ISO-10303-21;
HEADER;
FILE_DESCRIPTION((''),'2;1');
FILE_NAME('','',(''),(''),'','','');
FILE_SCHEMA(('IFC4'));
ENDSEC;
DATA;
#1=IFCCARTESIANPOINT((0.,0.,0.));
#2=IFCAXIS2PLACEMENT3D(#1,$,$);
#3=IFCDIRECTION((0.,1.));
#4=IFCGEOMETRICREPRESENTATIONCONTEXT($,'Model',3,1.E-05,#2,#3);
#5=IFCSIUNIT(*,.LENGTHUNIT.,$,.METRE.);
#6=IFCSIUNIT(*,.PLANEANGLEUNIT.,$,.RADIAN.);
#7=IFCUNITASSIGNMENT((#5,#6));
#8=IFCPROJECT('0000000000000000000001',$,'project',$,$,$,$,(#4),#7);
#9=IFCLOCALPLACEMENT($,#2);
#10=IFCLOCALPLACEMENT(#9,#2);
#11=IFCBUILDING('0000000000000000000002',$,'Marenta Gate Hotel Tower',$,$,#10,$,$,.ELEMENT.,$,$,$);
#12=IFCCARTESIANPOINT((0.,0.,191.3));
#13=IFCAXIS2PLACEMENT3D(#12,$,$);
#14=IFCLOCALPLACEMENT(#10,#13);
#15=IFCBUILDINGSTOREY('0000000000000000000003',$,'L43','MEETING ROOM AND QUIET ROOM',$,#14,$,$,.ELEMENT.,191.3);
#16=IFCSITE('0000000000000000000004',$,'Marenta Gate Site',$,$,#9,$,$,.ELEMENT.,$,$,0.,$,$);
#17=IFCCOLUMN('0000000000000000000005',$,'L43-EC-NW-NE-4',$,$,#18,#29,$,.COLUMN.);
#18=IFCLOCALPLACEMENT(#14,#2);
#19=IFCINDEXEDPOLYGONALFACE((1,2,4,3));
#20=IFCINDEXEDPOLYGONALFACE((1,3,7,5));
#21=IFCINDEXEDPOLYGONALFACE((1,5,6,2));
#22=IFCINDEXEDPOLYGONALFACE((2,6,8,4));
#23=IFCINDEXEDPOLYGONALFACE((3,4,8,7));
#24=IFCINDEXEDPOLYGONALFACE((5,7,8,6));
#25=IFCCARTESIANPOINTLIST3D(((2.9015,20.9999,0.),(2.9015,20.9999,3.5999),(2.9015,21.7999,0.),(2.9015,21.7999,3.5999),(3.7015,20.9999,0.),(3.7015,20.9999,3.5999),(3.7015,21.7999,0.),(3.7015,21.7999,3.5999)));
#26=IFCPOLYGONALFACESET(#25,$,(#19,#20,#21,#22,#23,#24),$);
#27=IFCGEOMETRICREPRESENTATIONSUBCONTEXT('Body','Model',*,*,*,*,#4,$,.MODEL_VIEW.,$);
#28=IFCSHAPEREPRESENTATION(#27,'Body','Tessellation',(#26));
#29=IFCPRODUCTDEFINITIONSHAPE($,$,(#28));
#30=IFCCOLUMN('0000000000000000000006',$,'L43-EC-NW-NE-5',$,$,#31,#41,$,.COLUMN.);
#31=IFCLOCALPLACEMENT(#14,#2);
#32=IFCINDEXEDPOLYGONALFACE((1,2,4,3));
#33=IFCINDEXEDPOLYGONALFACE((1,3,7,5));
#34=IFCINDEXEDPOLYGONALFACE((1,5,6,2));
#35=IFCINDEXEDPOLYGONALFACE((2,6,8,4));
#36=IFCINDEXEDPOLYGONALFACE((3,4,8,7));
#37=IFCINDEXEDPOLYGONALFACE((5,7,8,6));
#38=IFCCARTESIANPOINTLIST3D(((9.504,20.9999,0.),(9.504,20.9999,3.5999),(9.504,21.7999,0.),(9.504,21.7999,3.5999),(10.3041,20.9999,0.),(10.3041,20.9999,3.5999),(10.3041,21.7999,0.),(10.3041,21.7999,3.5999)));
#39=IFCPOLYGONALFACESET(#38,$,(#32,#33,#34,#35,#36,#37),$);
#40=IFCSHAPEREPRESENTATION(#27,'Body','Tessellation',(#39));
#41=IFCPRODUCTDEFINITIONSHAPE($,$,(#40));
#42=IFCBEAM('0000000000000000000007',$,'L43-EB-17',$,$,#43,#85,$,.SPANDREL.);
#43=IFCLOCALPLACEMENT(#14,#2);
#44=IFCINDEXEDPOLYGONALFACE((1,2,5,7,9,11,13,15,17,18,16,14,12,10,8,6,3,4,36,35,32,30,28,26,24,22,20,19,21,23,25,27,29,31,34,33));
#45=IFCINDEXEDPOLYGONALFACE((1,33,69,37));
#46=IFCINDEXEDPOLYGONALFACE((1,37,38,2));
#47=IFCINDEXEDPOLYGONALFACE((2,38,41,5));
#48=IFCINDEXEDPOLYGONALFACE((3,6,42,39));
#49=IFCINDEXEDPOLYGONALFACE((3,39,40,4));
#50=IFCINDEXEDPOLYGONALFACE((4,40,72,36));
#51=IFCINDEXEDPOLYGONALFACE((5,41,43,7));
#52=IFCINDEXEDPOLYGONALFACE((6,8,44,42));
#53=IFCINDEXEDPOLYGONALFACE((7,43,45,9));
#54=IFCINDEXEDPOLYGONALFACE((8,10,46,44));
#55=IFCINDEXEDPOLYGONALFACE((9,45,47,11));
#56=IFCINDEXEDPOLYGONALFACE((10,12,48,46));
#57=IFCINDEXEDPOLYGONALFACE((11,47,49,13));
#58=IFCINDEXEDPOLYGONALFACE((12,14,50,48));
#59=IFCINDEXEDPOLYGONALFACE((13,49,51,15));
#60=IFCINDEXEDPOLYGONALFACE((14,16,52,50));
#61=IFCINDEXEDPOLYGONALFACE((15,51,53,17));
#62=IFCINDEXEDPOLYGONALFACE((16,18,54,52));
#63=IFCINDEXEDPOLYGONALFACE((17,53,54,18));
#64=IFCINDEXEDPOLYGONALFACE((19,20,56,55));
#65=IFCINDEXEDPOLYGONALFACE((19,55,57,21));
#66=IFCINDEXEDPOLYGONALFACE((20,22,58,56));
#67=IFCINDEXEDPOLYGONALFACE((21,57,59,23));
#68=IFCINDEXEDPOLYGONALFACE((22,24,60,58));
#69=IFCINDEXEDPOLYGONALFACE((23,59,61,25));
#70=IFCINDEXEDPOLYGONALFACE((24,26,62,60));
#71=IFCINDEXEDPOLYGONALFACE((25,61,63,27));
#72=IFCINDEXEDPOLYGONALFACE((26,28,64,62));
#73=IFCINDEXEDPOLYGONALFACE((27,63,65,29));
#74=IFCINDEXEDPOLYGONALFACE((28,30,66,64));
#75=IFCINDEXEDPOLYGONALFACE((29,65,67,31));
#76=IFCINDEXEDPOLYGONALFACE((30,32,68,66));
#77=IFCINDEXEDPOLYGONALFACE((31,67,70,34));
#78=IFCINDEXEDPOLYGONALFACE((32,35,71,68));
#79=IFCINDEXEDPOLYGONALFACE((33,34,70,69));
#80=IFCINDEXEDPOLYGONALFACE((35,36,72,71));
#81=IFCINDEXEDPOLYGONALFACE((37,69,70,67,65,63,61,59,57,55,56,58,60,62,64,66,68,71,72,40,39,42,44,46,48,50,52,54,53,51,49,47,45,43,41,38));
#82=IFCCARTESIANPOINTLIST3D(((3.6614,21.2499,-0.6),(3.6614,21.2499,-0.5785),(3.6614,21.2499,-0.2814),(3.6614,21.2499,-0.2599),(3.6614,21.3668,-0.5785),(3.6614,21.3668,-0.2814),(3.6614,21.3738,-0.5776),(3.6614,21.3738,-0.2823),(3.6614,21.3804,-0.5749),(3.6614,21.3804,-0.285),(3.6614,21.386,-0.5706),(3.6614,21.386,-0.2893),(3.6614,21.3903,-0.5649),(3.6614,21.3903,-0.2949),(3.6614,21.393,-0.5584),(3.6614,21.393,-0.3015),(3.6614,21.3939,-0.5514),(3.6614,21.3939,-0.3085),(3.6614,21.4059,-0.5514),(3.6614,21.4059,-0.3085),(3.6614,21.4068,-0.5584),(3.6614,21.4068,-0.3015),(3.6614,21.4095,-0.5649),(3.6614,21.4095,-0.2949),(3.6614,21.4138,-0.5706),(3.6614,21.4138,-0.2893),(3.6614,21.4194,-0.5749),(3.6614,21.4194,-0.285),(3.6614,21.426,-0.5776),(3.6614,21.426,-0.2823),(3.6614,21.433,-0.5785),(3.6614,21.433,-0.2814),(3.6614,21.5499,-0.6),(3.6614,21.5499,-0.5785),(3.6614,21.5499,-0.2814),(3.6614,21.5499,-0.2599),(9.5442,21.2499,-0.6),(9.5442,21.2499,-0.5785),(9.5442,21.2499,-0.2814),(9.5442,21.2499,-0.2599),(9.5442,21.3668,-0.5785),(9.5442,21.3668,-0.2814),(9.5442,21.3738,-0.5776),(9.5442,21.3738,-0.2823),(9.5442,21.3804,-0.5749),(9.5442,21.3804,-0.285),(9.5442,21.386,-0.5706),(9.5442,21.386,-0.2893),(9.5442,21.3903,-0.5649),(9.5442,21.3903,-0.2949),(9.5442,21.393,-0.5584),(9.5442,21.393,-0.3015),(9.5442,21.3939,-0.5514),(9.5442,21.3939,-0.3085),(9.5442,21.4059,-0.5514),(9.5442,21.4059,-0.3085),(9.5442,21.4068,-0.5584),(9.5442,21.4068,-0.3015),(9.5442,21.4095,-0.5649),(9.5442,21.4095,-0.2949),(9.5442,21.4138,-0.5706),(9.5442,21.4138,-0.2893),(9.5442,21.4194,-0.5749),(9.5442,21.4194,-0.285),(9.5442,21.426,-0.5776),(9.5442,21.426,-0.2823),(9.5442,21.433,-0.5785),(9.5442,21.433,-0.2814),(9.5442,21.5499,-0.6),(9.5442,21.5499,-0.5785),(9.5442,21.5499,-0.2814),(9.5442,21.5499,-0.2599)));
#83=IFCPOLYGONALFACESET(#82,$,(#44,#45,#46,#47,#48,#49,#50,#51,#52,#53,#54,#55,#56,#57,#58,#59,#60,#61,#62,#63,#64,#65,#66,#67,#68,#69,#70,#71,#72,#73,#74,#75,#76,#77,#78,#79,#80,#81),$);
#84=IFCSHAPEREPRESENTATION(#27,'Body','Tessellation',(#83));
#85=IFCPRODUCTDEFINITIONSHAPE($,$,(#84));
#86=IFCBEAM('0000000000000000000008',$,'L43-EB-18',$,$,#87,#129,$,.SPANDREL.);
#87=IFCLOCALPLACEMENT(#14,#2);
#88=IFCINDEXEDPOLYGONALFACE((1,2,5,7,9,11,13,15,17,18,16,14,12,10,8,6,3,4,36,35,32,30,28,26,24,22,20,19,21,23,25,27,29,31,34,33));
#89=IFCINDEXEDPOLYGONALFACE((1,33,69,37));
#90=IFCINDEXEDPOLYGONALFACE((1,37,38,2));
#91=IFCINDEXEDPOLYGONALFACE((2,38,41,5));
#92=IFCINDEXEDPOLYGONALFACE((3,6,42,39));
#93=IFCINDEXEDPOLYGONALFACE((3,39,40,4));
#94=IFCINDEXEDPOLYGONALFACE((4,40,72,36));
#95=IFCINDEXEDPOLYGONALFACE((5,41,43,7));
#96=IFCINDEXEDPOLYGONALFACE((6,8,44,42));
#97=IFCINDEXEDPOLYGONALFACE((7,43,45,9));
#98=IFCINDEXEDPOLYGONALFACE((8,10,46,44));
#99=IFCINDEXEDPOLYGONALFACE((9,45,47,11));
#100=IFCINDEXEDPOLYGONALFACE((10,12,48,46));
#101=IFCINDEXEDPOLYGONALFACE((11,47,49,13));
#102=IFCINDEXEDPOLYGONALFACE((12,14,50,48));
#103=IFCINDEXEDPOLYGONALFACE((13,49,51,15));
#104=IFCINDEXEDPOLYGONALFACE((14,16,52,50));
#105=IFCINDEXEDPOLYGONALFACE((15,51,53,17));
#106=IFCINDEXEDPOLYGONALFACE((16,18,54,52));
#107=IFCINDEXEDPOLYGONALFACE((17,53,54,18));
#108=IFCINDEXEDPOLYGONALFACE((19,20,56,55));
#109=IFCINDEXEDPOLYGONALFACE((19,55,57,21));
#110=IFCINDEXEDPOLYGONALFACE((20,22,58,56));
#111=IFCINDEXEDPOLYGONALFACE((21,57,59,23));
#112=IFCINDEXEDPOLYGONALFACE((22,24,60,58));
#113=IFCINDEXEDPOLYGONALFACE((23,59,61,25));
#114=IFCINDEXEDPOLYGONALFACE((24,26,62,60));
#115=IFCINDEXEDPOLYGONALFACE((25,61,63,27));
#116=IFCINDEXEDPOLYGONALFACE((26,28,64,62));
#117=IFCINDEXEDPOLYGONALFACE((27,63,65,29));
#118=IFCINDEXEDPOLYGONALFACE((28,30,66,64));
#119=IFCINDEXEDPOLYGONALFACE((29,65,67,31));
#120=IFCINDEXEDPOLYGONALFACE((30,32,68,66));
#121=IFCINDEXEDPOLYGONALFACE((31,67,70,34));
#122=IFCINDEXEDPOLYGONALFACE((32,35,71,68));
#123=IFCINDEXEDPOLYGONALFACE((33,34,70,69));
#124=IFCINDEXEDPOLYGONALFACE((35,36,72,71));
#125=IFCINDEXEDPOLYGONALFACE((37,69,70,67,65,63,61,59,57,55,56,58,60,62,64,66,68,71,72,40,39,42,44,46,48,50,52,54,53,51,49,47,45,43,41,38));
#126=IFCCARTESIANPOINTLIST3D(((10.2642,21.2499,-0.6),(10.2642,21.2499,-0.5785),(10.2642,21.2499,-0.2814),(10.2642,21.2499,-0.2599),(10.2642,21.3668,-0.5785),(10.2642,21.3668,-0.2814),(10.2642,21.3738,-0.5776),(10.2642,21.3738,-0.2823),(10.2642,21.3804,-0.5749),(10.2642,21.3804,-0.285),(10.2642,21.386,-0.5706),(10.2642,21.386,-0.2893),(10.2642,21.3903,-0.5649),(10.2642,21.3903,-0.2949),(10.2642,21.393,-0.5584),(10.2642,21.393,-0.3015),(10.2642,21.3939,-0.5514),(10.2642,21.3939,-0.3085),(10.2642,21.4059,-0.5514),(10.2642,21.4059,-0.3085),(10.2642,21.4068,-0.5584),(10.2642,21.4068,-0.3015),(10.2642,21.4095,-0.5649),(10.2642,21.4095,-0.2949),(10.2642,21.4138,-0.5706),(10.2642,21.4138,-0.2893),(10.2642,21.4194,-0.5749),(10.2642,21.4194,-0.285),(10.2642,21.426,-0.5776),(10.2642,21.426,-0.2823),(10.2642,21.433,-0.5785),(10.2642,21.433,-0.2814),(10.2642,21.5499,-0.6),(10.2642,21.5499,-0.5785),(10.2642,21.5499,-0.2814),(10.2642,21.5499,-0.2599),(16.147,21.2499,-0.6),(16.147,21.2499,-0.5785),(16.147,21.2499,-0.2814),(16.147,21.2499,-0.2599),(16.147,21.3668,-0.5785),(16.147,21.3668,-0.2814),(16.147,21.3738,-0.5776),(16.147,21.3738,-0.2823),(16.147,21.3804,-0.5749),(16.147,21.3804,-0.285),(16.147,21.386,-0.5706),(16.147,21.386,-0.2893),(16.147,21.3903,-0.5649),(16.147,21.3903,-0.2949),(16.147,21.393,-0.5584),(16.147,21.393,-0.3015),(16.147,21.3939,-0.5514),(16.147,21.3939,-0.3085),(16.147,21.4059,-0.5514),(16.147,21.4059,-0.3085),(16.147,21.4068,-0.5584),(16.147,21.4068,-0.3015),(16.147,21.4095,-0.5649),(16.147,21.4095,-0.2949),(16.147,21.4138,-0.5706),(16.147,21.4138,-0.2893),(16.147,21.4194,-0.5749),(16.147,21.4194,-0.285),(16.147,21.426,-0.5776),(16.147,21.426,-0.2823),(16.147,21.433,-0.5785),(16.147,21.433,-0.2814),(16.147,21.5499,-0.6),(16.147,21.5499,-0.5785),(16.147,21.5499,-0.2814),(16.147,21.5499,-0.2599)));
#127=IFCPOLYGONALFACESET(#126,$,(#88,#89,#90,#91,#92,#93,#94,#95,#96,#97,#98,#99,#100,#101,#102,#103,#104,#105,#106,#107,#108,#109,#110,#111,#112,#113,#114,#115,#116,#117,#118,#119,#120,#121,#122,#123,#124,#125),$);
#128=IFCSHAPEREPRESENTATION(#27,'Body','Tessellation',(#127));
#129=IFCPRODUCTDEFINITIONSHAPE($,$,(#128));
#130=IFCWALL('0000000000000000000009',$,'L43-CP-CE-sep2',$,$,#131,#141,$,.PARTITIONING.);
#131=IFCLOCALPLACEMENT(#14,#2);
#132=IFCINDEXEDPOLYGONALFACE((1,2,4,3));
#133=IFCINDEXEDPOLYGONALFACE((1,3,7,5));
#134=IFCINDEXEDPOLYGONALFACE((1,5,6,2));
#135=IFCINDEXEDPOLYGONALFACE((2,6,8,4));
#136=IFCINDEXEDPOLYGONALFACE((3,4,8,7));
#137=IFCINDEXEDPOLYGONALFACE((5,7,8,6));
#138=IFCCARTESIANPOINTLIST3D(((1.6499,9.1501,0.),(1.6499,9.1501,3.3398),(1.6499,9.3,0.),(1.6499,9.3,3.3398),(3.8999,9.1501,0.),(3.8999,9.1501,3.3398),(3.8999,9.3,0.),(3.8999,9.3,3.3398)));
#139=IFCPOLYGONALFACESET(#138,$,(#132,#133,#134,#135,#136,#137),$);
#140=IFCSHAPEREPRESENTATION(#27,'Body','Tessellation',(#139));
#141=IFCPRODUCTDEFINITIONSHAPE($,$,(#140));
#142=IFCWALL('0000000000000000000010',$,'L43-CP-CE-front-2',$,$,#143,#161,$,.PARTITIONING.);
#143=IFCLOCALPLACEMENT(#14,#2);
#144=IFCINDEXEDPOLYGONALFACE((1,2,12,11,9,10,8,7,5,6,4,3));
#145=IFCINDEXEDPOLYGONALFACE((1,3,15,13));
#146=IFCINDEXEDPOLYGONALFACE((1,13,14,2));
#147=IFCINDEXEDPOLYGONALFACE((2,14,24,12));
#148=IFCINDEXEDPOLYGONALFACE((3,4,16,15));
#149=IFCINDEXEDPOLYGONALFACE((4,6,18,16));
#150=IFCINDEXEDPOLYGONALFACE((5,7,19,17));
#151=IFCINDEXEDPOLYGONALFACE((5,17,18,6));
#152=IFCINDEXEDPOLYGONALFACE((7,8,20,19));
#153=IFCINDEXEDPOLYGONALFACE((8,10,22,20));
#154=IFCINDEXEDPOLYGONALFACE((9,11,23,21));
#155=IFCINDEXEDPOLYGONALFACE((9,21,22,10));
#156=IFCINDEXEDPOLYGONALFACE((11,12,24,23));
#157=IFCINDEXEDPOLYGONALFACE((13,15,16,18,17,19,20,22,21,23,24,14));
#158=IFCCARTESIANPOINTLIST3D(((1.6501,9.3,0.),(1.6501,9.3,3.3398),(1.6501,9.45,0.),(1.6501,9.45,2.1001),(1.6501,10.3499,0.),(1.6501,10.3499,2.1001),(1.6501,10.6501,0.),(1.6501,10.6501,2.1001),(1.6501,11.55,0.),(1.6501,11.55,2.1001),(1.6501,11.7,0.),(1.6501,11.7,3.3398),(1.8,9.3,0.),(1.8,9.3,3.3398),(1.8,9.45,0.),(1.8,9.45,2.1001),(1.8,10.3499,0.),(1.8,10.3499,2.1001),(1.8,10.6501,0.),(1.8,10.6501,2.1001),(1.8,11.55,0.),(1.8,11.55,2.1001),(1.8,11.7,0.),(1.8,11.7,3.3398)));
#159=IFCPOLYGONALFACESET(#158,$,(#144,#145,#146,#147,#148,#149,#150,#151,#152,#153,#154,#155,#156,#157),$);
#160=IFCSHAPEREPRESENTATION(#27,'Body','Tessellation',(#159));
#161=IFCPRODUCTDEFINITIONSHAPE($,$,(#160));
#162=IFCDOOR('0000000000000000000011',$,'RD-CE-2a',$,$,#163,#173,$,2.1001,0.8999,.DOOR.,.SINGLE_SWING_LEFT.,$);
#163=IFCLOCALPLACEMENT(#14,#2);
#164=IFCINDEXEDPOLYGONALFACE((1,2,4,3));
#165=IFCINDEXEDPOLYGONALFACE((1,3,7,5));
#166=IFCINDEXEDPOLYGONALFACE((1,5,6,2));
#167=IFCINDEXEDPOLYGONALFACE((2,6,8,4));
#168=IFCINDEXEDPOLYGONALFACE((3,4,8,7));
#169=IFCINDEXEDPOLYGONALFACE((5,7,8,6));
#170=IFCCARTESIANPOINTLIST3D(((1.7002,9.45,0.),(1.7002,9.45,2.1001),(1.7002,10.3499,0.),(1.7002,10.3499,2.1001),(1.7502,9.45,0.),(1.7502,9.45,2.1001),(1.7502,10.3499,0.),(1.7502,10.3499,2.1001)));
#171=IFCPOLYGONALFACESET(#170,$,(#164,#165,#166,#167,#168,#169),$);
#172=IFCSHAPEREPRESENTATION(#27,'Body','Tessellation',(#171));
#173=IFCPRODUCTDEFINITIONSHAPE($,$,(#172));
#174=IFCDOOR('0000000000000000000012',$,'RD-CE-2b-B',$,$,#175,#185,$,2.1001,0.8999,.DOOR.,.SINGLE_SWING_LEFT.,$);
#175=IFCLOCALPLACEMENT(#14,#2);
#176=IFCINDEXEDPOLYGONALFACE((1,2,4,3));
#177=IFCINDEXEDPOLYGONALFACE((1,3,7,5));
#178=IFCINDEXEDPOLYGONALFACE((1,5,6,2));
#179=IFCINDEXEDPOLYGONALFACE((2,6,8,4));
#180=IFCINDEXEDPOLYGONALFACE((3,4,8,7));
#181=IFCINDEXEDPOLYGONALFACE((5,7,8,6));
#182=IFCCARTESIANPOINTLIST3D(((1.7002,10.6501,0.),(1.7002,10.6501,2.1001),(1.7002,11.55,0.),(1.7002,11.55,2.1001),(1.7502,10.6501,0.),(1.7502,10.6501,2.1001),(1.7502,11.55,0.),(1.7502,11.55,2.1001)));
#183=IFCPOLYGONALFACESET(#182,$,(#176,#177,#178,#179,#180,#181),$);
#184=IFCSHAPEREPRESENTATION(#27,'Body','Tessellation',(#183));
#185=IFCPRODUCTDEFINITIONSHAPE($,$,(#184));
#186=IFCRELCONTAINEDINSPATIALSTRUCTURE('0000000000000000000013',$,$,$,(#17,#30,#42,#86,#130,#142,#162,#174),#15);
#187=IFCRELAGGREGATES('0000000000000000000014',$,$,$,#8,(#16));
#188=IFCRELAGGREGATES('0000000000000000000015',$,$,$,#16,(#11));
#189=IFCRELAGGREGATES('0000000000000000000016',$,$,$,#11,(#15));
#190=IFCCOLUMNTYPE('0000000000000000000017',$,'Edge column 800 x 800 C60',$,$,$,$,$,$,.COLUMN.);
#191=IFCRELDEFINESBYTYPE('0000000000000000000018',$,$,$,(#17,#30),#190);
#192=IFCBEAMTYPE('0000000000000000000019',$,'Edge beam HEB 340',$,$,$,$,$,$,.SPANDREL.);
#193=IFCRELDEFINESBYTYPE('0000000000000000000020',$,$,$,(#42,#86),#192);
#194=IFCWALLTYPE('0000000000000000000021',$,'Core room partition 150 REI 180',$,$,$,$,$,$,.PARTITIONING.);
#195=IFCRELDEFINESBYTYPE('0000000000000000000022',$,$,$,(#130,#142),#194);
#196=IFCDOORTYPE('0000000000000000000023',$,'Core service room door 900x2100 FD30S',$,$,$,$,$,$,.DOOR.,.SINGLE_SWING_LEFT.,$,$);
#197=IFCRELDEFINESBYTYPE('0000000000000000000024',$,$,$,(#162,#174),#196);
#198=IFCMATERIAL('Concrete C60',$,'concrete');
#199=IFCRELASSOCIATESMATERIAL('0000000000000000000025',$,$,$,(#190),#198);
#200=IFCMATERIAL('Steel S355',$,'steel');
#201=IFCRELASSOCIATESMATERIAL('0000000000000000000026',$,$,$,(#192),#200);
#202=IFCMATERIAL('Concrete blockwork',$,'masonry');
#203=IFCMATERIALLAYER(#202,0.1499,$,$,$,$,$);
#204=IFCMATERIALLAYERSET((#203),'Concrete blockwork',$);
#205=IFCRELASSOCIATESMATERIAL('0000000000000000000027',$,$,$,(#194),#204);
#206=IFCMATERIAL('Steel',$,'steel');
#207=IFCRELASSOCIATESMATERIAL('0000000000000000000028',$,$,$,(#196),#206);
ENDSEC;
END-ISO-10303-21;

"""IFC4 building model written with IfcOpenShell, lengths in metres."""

from ifc_helpers import new_model, si_unit, direction, frame, frame_2d, origin, origin_2d, place, context, subcontext, project, spatial, rectangle, i_section, extrude, material, layer, layer_set, material_profile, profile_set, type_object, element, fill, save


model = new_model("IFC4")

# Units and contexts
model_context = context("Model", 3, precision=1e-05, world=origin(), true_north=direction((0.0, 1.0)))
body_context = subcontext(model_context, "Body", "Model", "MODEL_VIEW")
ifc_project = project(units=[si_unit("LENGTHUNIT", "METRE"), si_unit("PLANEANGLEUNIT", "RADIAN")], contexts=[model_context])

# Site, building, storey
site_placement = place(None, origin())
site = spatial("IfcSite", under=ifc_project, at=site_placement, Name="Marenta Gate Site", CompositionType="ELEMENT", RefElevation=0.0)
building_placement = place(site_placement, origin())
building = spatial("IfcBuilding", under=site, at=building_placement, Name="Marenta Gate Hotel Tower", CompositionType="ELEMENT")
storey_placement = place(building_placement, frame((0.0, 0.0, 191.3)))
storey = spatial("IfcBuildingStorey", under=building, at=storey_placement, Name="L43", Description="MEETING ROOM AND QUIET ROOM", CompositionType="ELEMENT", Elevation=191.3)

# Columns
ifc_material_1 = material(Name="Concrete C60", Category="concrete")
ifc_material_profile_1 = material_profile(ifc_material_1, rectangle(XDim=0.8, YDim=0.8, at=origin_2d()), Name="800 x 800")
ifc_profile_set_1 = profile_set([ifc_material_profile_1], Name="Concrete C60")
column_type = type_object("IfcColumnType", Name="Edge column 800 x 800 C60", PredefinedType="COLUMN", material=ifc_profile_set_1)
for number, where, z_axis, x_axis, name in (
    (1, (3.3015, 21.3999, 0.0), (0.0, 0.0, 1.0), (1.0, 0.0, 0.0), "L43-EC-NW-NE-4"),
    (2, (9.9041, 21.3999, 0.0), (0.0, 0.0, 1.0), (1.0, 0.0, 0.0), "L43-EC-NW-NE-5"),
):
    element("IfcColumn", number, at=place(storey_placement, frame(where, z_axis=z_axis, x_axis=x_axis)), inside=storey, type_object=column_type, Name=name, PredefinedType="COLUMN", context=body_context, shape_type="SweptSolid", body=[
        extrude(rectangle(XDim=0.8, YDim=0.8, at=origin_2d()), origin(), (0.0, 0.0, 1.0), 3.5999),
    ])

# Beams
ifc_material_2 = material(Name="Steel S355", Category="steel")
ifc_material_profile_2 = material_profile(ifc_material_2, i_section(OverallWidth=0.3, OverallDepth=0.3401, WebThickness=0.012, FlangeThickness=0.0215, FilletRadius=0.0271, at=origin_2d()), Name="HEB 340")
ifc_profile_set_2 = profile_set([ifc_material_profile_2], Name="Steel S355")
beam_type = type_object("IfcBeamType", Name="Edge beam HEB 340", PredefinedType="SPANDREL", material=ifc_profile_set_2)
for number, where, z_axis, x_axis, name in (
    (3, (3.6614, 21.3999, -0.4299), (1.0, 0.0, 0.0), (0.0, 1.0, 0.0), "L43-EB-17"),
    (4, (10.2642, 21.3999, -0.4299), (1.0, 0.0, 0.0), (0.0, 1.0, 0.0), "L43-EB-18"),
):
    element("IfcBeam", number, at=place(storey_placement, frame(where, z_axis=z_axis, x_axis=x_axis)), inside=storey, type_object=beam_type, Name=name, PredefinedType="SPANDREL", context=body_context, shape_type="SweptSolid", body=[
        extrude(i_section(OverallWidth=0.3, OverallDepth=0.3401, WebThickness=0.012, FlangeThickness=0.0215, FilletRadius=0.0271, at=origin_2d()), origin(), (0.0, 0.0, 1.0), 5.8828),
    ])

# Wall
ifc_material_3 = material(Name="Concrete blockwork", Category="masonry")
ifc_layer_1 = layer(ifc_material_3, 0.1499)
ifc_layer_set_1 = layer_set([ifc_layer_1], Name="Concrete blockwork")
wall_type_1 = type_object("IfcWallType", Name="Core room partition 150 REI 180", PredefinedType="PARTITIONING", material=ifc_layer_set_1)
wall_1_placement = place(storey_placement, frame((1.6499, 9.2251, 0.0), z_axis=(0.0, 0.0, 1.0), x_axis=(1.0, 0.0, 0.0)))
element("IfcWall", 5, at=wall_1_placement, inside=storey, type_object=wall_type_1, Name="L43-CP-CE-sep2", PredefinedType="PARTITIONING", context=body_context, shape_type="SweptSolid", body=[
    extrude(rectangle(XDim=2.25, YDim=0.1499, at=frame_2d((1.125, 0.0))), origin(), (0.0, 0.0, 1.0), 3.3398),
])

# Wall, openings, doors
wall_2_placement = place(storey_placement, frame((1.7251, 9.3, 0.0), z_axis=(0.0, 0.0, 1.0), x_axis=(0.0, 1.0, 0.0)))
wall_2 = element("IfcWall", 6, at=wall_2_placement, inside=storey, type_object=wall_type_1, Name="L43-CP-CE-front-2", PredefinedType="PARTITIONING", context=body_context, shape_type="SweptSolid", body=[
    extrude(rectangle(XDim=2.3999, YDim=0.1499, at=frame_2d((1.2, 0.0))), origin(), (0.0, 0.0, 1.0), 3.3398),
])
opening_1_placement = place(wall_2_placement, frame((0.1499, 0.0, 0.0)))
opening_1 = element("IfcOpeningElement", 7, at=opening_1_placement, cuts=wall_2, PredefinedType="OPENING", context=body_context, shape_type="SweptSolid", body=[
    extrude(rectangle(XDim=0.8999, YDim=2.1001, at=frame_2d((0.45, 1.05))), frame((0.0, 0.075, 0.0), z_axis=(0.0, -1.0, 0.0), x_axis=(1.0, 0.0, 0.0)), (0.0, 0.0, 1.0), 0.1499),
])
opening_2_placement = place(wall_2_placement, frame((1.3501, 0.0, 0.0)))
opening_2 = element("IfcOpeningElement", 8, at=opening_2_placement, cuts=wall_2, PredefinedType="OPENING", context=body_context, shape_type="SweptSolid", body=[
    extrude(rectangle(XDim=0.8999, YDim=2.1001, at=frame_2d((0.45, 1.05))), frame((0.0, 0.075, 0.0), z_axis=(0.0, -1.0, 0.0), x_axis=(1.0, 0.0, 0.0)), (0.0, 0.0, 1.0), 0.1499),
])
ifc_material_4 = material(Name="Steel", Category="steel")
door_type_1 = type_object("IfcDoorType", Name="Core service room door 900x2100 FD30S", OperationType="SINGLE_SWING_LEFT", PredefinedType="DOOR", material=ifc_material_4)
door_1_placement = place(opening_1_placement, origin())
door_1 = element("IfcDoor", 9, at=door_1_placement, inside=storey, type_object=door_type_1, Name="RD-CE-2a", OperationType="SINGLE_SWING_LEFT", OverallHeight=2.1001, OverallWidth=0.8999, PredefinedType="DOOR", context=body_context, shape_type="SweptSolid", body=[
    extrude(rectangle(XDim=0.8999, YDim=2.1001, at=frame_2d((0.45, 1.05))), frame((0.0, 0.0249, 0.0), z_axis=(0.0, -1.0, 0.0), x_axis=(1.0, 0.0, 0.0)), (0.0, 0.0, 1.0), 0.05),
])
fill(opening_1, door_1)
door_2_placement = place(opening_2_placement, origin())
door_2 = element("IfcDoor", 10, at=door_2_placement, inside=storey, type_object=door_type_1, Name="RD-CE-2b-B", OperationType="SINGLE_SWING_LEFT", OverallHeight=2.1001, OverallWidth=0.8999, PredefinedType="DOOR", context=body_context, shape_type="SweptSolid", body=[
    extrude(rectangle(XDim=0.8999, YDim=2.1001, at=frame_2d((0.45, 1.05))), frame((0.0, 0.0249, 0.0), z_axis=(0.0, -1.0, 0.0), x_axis=(1.0, 0.0, 0.0)), (0.0, 0.0, 1.0), 0.05),
])
fill(opening_2, door_2)

save(model, "model.ifc")
